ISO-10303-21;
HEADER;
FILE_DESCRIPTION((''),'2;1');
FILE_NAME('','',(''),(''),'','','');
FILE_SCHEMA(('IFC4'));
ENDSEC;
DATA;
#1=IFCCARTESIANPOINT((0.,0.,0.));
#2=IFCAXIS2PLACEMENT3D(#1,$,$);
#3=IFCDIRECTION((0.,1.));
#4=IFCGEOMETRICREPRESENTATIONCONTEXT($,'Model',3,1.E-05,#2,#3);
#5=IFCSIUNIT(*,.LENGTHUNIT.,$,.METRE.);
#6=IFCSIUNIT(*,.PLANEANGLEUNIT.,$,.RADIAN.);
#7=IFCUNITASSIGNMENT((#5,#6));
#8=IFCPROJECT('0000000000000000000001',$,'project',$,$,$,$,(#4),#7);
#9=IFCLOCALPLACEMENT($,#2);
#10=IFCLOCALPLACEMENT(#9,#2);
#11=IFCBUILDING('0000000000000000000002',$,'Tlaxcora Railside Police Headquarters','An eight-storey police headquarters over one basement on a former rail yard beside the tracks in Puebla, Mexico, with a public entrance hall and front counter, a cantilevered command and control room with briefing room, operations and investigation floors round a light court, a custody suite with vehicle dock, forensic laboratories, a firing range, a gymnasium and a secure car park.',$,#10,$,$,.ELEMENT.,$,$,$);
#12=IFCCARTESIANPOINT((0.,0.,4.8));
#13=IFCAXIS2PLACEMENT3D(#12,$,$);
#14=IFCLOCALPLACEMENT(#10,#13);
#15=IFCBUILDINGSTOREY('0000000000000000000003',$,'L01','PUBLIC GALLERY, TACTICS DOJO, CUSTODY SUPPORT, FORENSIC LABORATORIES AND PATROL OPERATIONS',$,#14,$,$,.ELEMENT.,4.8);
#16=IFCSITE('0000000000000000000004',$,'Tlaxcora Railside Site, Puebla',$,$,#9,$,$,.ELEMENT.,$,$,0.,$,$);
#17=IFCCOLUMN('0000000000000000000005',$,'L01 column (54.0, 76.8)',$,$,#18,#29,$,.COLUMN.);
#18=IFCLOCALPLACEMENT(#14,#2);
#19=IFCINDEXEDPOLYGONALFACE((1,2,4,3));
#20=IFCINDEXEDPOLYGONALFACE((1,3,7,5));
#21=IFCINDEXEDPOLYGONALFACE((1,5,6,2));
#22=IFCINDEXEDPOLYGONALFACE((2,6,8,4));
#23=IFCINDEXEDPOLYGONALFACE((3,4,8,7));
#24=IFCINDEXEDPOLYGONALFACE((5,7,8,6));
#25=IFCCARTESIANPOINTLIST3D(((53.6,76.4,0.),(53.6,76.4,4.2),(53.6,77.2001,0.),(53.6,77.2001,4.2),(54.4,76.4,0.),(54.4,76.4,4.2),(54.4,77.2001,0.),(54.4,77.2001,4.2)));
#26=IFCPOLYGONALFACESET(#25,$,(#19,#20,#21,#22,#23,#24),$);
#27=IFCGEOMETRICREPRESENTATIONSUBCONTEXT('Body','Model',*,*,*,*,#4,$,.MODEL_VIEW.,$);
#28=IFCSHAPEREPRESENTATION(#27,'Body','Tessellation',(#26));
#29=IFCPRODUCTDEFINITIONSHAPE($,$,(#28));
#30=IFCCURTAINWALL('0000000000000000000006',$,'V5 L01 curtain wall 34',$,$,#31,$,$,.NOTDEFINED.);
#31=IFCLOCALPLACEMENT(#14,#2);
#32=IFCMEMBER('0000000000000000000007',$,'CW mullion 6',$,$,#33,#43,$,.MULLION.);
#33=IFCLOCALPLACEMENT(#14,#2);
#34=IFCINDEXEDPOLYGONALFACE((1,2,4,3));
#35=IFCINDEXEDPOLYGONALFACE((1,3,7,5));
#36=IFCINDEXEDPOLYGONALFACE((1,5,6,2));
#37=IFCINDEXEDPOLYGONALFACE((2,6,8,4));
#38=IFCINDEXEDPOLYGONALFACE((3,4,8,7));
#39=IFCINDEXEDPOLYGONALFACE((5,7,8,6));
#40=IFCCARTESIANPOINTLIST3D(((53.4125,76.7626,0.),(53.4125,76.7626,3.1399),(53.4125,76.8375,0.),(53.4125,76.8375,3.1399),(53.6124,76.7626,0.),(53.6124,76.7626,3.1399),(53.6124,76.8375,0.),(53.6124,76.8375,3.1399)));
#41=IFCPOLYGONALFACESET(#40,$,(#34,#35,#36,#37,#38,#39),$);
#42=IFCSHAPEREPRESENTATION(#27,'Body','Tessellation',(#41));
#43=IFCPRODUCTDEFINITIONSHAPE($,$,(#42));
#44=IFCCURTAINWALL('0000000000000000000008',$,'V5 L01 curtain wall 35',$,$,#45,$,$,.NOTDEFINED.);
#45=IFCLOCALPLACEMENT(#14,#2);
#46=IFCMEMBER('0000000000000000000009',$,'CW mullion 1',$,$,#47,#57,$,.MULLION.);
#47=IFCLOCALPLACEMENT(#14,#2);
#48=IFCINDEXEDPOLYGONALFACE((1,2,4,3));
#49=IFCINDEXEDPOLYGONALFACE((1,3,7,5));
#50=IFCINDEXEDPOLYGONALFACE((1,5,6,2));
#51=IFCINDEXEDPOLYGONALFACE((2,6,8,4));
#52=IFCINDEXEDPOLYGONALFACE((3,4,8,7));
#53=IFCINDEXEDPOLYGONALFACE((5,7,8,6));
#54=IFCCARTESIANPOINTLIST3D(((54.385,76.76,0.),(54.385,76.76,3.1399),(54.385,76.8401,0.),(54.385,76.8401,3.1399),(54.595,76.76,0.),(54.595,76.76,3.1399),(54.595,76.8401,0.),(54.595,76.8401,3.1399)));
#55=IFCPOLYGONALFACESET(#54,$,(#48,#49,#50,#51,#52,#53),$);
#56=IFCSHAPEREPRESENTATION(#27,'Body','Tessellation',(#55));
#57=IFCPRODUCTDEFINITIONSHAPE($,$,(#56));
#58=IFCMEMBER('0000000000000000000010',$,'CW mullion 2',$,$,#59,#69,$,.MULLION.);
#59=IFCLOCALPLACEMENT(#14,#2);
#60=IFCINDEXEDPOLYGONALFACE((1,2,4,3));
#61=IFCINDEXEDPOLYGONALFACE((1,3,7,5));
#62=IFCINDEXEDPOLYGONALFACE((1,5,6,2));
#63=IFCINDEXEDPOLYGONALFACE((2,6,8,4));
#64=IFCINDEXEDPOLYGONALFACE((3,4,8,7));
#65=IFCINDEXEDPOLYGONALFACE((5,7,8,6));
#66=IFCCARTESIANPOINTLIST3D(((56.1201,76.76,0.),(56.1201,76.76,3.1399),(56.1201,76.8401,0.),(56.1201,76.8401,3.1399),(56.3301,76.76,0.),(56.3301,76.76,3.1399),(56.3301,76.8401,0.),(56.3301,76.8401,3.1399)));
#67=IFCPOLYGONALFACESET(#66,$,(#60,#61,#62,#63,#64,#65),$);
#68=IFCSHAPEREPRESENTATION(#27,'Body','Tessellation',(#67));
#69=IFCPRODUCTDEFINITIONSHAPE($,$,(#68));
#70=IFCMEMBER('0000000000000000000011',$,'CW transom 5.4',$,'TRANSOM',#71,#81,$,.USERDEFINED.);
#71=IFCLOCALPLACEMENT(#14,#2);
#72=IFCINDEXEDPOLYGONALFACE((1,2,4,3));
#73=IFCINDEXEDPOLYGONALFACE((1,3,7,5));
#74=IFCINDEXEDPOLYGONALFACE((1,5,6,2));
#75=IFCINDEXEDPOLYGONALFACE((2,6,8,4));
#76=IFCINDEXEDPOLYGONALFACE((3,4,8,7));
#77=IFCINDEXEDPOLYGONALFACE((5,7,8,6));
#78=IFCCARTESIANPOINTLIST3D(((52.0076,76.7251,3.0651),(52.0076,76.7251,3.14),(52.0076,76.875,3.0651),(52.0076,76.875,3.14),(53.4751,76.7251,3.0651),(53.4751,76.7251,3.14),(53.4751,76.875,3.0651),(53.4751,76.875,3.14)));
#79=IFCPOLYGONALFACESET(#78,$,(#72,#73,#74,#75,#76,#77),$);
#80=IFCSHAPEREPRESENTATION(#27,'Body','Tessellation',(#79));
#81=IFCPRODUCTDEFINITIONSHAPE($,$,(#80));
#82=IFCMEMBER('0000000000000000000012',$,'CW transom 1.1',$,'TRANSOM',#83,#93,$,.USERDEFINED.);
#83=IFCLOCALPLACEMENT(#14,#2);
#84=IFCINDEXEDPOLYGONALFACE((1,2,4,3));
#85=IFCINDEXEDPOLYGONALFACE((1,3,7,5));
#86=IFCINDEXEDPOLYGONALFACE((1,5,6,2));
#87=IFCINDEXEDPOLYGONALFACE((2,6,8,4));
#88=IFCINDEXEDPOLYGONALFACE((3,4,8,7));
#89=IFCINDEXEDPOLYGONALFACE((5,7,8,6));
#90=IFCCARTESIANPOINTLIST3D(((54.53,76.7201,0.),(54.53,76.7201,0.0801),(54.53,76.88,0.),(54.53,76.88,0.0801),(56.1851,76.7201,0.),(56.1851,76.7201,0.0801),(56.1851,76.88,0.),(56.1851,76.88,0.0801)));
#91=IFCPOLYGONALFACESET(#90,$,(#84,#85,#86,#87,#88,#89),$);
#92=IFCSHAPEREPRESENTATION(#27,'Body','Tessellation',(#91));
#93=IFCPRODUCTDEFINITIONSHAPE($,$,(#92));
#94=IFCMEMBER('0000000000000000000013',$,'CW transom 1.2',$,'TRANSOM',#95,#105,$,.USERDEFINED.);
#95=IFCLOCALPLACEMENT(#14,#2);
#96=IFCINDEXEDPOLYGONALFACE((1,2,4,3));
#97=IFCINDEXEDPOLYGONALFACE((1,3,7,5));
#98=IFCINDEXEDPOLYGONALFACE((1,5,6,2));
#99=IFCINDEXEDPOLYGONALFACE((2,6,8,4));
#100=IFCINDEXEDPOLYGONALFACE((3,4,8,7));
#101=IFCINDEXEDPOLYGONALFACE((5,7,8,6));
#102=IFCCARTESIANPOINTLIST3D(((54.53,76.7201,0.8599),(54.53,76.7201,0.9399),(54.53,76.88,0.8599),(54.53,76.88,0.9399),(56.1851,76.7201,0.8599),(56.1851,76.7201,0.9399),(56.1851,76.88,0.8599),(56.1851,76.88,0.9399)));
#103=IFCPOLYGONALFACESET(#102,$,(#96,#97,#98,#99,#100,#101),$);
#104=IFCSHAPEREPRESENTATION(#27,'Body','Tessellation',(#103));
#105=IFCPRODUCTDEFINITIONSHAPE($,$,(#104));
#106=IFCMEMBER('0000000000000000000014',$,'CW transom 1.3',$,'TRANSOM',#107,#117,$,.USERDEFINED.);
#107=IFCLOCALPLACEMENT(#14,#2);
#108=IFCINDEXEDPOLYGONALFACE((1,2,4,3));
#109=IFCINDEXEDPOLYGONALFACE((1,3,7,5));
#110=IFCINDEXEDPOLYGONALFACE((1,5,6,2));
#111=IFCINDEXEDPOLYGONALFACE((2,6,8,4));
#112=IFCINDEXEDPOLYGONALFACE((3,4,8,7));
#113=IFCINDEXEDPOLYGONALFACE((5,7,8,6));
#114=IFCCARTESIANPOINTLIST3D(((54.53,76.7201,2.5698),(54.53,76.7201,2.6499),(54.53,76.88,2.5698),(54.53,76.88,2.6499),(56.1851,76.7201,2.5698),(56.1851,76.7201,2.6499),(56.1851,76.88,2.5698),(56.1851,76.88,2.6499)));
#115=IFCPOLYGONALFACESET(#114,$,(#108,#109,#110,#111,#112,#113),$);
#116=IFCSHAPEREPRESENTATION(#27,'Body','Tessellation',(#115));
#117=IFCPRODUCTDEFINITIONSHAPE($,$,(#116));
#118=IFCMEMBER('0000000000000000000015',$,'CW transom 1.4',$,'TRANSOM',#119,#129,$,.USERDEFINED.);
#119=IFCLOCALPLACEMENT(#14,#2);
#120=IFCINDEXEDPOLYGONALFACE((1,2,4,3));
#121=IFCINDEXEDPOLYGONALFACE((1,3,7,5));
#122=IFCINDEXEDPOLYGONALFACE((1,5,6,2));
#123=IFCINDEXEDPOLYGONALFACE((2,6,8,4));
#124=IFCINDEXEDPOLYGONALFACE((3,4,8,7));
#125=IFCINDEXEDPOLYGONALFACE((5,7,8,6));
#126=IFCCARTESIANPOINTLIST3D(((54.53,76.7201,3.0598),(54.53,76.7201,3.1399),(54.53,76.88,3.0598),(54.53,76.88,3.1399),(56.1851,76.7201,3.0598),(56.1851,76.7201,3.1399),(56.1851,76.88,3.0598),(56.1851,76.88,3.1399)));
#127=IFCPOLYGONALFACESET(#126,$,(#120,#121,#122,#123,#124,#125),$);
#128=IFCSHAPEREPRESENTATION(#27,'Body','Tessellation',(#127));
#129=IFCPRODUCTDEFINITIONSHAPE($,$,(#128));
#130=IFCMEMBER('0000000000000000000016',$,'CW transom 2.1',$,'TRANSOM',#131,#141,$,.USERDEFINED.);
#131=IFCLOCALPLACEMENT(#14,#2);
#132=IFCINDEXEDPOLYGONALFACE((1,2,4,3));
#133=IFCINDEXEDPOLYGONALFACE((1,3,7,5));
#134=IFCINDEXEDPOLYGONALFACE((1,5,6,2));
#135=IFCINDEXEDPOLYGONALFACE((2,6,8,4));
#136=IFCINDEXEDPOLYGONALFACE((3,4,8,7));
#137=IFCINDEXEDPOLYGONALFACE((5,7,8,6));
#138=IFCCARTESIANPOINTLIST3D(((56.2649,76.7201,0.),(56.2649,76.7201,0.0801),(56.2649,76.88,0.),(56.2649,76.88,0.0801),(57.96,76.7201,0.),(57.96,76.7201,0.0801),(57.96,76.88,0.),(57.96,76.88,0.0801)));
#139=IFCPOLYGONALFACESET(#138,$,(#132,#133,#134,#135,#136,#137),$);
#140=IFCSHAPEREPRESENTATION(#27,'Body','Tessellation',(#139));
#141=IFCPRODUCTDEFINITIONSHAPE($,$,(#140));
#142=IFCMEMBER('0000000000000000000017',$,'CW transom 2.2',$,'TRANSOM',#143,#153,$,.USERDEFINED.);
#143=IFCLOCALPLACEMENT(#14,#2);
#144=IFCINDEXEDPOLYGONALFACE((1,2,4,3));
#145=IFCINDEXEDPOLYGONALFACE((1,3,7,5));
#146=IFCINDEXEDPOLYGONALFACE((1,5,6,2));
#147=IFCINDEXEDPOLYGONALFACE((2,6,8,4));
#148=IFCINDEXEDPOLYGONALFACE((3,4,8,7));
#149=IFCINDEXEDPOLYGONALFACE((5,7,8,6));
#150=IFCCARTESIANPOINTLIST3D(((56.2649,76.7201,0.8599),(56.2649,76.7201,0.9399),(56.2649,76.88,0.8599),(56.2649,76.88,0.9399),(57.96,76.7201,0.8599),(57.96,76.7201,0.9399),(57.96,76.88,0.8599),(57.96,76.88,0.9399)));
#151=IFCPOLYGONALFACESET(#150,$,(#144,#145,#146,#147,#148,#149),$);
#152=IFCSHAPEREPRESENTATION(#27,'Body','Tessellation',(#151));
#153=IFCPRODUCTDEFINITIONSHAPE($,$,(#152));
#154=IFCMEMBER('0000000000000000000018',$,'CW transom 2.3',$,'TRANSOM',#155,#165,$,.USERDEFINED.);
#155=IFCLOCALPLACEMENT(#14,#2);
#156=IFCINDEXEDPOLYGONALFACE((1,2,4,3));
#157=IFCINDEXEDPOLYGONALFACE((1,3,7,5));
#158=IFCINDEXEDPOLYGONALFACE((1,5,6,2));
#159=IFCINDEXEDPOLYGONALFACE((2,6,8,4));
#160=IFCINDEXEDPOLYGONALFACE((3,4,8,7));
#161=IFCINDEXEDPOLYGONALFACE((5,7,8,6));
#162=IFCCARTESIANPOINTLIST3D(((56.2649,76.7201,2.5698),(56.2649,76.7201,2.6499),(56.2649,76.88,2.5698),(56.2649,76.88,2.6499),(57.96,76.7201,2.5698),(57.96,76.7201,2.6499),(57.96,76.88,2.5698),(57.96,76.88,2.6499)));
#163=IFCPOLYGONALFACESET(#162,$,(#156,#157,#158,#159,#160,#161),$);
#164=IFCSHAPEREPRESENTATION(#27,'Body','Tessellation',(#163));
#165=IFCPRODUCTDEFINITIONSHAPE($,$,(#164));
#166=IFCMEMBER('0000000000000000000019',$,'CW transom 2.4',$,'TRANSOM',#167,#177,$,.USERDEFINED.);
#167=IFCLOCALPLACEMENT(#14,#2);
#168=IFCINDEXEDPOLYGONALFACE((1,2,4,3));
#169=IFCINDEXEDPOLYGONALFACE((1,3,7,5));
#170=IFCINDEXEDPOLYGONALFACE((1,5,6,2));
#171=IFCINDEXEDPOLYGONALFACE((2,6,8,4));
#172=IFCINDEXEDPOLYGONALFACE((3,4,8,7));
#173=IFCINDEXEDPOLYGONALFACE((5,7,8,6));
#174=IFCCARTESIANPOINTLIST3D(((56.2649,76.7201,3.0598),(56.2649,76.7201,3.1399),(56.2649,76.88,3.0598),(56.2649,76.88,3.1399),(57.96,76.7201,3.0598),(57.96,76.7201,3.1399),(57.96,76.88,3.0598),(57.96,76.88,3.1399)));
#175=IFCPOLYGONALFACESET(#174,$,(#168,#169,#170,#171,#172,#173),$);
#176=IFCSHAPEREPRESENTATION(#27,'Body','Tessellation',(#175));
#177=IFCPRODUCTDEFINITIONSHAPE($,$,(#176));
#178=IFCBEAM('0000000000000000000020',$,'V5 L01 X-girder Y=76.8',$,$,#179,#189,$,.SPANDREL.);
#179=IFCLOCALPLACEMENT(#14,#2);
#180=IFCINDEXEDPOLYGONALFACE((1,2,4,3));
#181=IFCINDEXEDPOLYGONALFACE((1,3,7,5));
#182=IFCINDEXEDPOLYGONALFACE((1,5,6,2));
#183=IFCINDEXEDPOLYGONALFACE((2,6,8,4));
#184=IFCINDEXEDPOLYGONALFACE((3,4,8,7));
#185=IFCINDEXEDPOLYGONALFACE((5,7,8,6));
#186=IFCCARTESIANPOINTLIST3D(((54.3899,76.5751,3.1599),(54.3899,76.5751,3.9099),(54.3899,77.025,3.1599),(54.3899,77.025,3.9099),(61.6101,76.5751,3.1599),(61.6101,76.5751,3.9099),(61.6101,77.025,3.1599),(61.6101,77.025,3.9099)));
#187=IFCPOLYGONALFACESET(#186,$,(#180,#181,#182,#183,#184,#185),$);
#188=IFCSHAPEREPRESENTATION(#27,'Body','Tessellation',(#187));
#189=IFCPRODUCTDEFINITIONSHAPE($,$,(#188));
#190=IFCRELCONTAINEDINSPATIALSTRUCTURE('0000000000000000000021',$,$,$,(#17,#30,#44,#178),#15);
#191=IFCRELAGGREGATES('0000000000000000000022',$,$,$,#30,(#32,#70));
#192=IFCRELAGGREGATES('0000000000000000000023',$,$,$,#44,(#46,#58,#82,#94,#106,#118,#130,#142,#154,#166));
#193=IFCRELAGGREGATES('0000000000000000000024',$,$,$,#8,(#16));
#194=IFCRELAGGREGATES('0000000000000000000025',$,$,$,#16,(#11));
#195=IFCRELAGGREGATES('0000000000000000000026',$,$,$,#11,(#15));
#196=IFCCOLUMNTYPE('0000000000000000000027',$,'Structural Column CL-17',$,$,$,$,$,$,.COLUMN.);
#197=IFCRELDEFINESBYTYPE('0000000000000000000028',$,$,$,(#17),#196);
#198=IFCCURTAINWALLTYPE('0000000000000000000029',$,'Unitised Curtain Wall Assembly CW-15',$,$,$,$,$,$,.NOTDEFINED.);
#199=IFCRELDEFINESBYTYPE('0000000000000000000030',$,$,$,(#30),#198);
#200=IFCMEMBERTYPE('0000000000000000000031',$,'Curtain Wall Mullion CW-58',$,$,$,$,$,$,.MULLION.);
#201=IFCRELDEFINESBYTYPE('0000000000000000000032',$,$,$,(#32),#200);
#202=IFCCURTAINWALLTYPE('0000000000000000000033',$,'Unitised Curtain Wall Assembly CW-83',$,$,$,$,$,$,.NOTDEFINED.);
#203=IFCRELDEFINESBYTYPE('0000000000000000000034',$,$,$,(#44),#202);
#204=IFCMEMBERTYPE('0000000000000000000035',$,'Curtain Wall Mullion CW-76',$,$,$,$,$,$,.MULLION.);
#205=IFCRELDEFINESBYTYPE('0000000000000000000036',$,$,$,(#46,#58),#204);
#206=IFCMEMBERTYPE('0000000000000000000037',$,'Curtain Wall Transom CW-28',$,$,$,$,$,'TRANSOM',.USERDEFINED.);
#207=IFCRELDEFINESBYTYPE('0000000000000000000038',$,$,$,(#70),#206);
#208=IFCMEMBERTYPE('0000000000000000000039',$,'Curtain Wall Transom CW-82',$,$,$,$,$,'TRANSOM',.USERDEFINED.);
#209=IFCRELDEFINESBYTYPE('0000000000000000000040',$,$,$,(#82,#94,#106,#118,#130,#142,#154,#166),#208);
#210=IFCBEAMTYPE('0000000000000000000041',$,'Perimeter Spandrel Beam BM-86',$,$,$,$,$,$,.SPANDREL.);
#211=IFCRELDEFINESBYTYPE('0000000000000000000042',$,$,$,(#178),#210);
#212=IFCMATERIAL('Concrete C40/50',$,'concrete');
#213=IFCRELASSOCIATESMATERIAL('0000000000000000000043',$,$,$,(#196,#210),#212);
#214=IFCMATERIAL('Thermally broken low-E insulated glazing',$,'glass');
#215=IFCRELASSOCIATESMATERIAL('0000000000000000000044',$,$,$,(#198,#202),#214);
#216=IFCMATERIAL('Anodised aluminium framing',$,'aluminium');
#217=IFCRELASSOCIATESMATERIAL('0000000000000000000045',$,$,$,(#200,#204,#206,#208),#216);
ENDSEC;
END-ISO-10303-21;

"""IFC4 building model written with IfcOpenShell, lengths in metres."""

from ifc_helpers import new_model, si_unit, direction, frame, origin, origin_2d, place, context, subcontext, project, spatial, rectangle, extrude, material, material_profile, profile_set, type_object, element, aggregate, save


model = new_model("IFC4")

# Units and contexts
model_context = context("Model", 3, precision=1e-05, world=origin(), true_north=direction((0.0, 1.0)))
body_context = subcontext(model_context, "Body", "Model", "MODEL_VIEW")
ifc_project = project(units=[si_unit("LENGTHUNIT", "METRE"), si_unit("PLANEANGLEUNIT", "RADIAN")], contexts=[model_context])

# Site, building, storey
site_placement = place(None, origin())
site = spatial("IfcSite", under=ifc_project, at=site_placement, Name="Tlaxcora Railside Site, Puebla", CompositionType="ELEMENT", RefElevation=0.0)
building_placement = place(site_placement, origin())
building = spatial("IfcBuilding", under=site, at=building_placement, Name="Tlaxcora Railside Police Headquarters", Description="An eight-storey police headquarters over one basement on a former rail yard beside the tracks in Puebla, Mexico, with a public entrance hall and front counter, a cantilevered command and control room with briefing room, operations and investigation floors round a light court, a custody suite with vehicle dock, forensic laboratories, a firing range, a gymnasium and a secure car park.", CompositionType="ELEMENT")
storey_placement = place(building_placement, frame((0.0, 0.0, 4.8)))
storey = spatial("IfcBuildingStorey", under=building, at=storey_placement, Name="L01", Description="PUBLIC GALLERY, TACTICS DOJO, CUSTODY SUPPORT, FORENSIC LABORATORIES AND PATROL OPERATIONS", CompositionType="ELEMENT", Elevation=4.8)

# Column
ifc_material_1 = material(Name="Concrete C40/50", Category="concrete")
ifc_material_profile_1 = material_profile(ifc_material_1, rectangle(XDim=0.8, YDim=0.8, at=origin_2d()), Name="RC800X800")
ifc_profile_set_1 = profile_set([ifc_material_profile_1], Name="Concrete C40/50")
column_type = type_object("IfcColumnType", Name="Structural Column CL-17", PredefinedType="COLUMN", material=ifc_profile_set_1)
column_placement = place(storey_placement, frame((54.0, 76.8, 0.0), z_axis=(0.0, 0.0, 1.0), x_axis=(1.0, 0.0, 0.0)))
element("IfcColumn", 1, at=column_placement, inside=storey, type_object=column_type, Name="L01 column (54.0, 76.8)", PredefinedType="COLUMN", context=body_context, shape_type="SweptSolid", body=[
    extrude(rectangle(XDim=0.8, YDim=0.8, at=origin_2d()), origin(), (0.0, 0.0, 1.0), 4.2),
])

# Curtain wall, member
ifc_material_2 = material(Name="Thermally broken low-E insulated glazing", Category="glass")
curtain_wall_type_1 = type_object("IfcCurtainWallType", Name="Unitised Curtain Wall Assembly CW-15", PredefinedType="NOTDEFINED", material=ifc_material_2)
curtain_wall_1_placement = place(storey_placement, origin())
curtain_wall_1 = element("IfcCurtainWall", 2, at=curtain_wall_1_placement, inside=storey, type_object=curtain_wall_type_1, Name="V5 L01 curtain wall 34", PredefinedType="NOTDEFINED")
ifc_material_3 = material(Name="Anodised aluminium framing", Category="aluminium")
ifc_material_profile_2 = material_profile(ifc_material_3, rectangle(XDim=0.075, YDim=0.2, at=origin_2d()), Name="AL75X200")
ifc_profile_set_2 = profile_set([ifc_material_profile_2], Name="Anodised aluminium framing")
member_type_1 = type_object("IfcMemberType", Name="Curtain Wall Mullion CW-58", PredefinedType="MULLION", material=ifc_profile_set_2)
member_1_placement = place(storey_placement, frame((53.5125, 76.8, 0.0), z_axis=(0.0, 0.0, 1.0), x_axis=(0.0, 1.0, 0.0)))
member_1 = element("IfcMember", 3, at=member_1_placement, type_object=member_type_1, Name="CW mullion 6", PredefinedType="MULLION", context=body_context, shape_type="SweptSolid", body=[
    extrude(rectangle(XDim=0.075, YDim=0.2, at=origin_2d()), origin(), (0.0, 0.0, 1.0), 3.1399),
])

# Curtain wall, members
curtain_wall_type_2 = type_object("IfcCurtainWallType", Name="Unitised Curtain Wall Assembly CW-83", PredefinedType="NOTDEFINED", material=ifc_material_2)
curtain_wall_2_placement = place(storey_placement, origin())
curtain_wall_2 = element("IfcCurtainWall", 4, at=curtain_wall_2_placement, inside=storey, type_object=curtain_wall_type_2, Name="V5 L01 curtain wall 35", PredefinedType="NOTDEFINED")
ifc_material_profile_3 = material_profile(ifc_material_3, rectangle(XDim=0.0801, YDim=0.21, at=origin_2d()), Name="AL80X210")
ifc_profile_set_3 = profile_set([ifc_material_profile_3], Name="Anodised aluminium framing")
member_type_2 = type_object("IfcMemberType", Name="Curtain Wall Mullion CW-76", PredefinedType="MULLION", material=ifc_profile_set_3)
member_2_placement = place(storey_placement, frame((54.49, 76.8, 0.0), z_axis=(0.0, 0.0, 1.0), x_axis=(0.0, 1.0, 0.0)))
member_2 = element("IfcMember", 5, at=member_2_placement, type_object=member_type_2, Name="CW mullion 1", PredefinedType="MULLION", context=body_context, shape_type="SweptSolid", body=[
    extrude(rectangle(XDim=0.0801, YDim=0.21, at=origin_2d()), origin(), (0.0, 0.0, 1.0), 3.1399),
])
member_3_placement = place(storey_placement, frame((56.2251, 76.8, 0.0), z_axis=(0.0, 0.0, 1.0), x_axis=(0.0, 1.0, 0.0)))
member_3 = element("IfcMember", 6, at=member_3_placement, type_object=member_type_2, Name="CW mullion 2", PredefinedType="MULLION", context=body_context, shape_type="SweptSolid", body=[
    extrude(rectangle(XDim=0.0801, YDim=0.21, at=origin_2d()), origin(), (0.0, 0.0, 1.0), 3.1399),
])

# Members
ifc_material_profile_4 = material_profile(ifc_material_3, rectangle(XDim=0.1499, YDim=0.075, at=origin_2d()), Name="AL75X150")
ifc_profile_set_4 = profile_set([ifc_material_profile_4], Name="Anodised aluminium framing")
member_type_3 = type_object("IfcMemberType", Name="Curtain Wall Transom CW-28", ElementType="TRANSOM", PredefinedType="USERDEFINED", material=ifc_profile_set_4)
member_4_placement = place(storey_placement, frame((52.0076, 76.8, 3.1025), z_axis=(1.0, 0.0, 0.0), x_axis=(0.0, 1.0, 0.0)))
member_4 = element("IfcMember", 7, at=member_4_placement, type_object=member_type_3, Name="CW transom 5.4", ObjectType="TRANSOM", PredefinedType="USERDEFINED", context=body_context, shape_type="SweptSolid", body=[
    extrude(rectangle(XDim=0.1499, YDim=0.075, at=origin_2d()), origin(), (0.0, 0.0, 1.0), 1.4675),
])
ifc_material_profile_5 = material_profile(ifc_material_3, rectangle(XDim=0.1599, YDim=0.0801, at=origin_2d()), Name="AL80X160")
ifc_profile_set_5 = profile_set([ifc_material_profile_5], Name="Anodised aluminium framing")
member_type_4 = type_object("IfcMemberType", Name="Curtain Wall Transom CW-82", ElementType="TRANSOM", PredefinedType="USERDEFINED", material=ifc_profile_set_5)
member_5_placement = place(storey_placement, frame((54.53, 76.8, 0.04), z_axis=(1.0, 0.0, 0.0), x_axis=(0.0, 1.0, 0.0)))
member_5 = element("IfcMember", 8, at=member_5_placement, type_object=member_type_4, Name="CW transom 1.1", ObjectType="TRANSOM", PredefinedType="USERDEFINED", context=body_context, shape_type="SweptSolid", body=[
    extrude(rectangle(XDim=0.1599, YDim=0.0801, at=origin_2d()), origin(), (0.0, 0.0, 1.0), 1.655),
])
member_6_placement = place(storey_placement, frame((54.53, 76.8, 0.8999), z_axis=(1.0, 0.0, 0.0), x_axis=(0.0, 1.0, 0.0)))
member_6 = element("IfcMember", 9, at=member_6_placement, type_object=member_type_4, Name="CW transom 1.2", ObjectType="TRANSOM", PredefinedType="USERDEFINED", context=body_context, shape_type="SweptSolid", body=[
    extrude(rectangle(XDim=0.1599, YDim=0.0801, at=origin_2d()), origin(), (0.0, 0.0, 1.0), 1.655),
])
member_7_placement = place(storey_placement, frame((54.53, 76.8, 2.6099), z_axis=(1.0, 0.0, 0.0), x_axis=(0.0, 1.0, 0.0)))
member_7 = element("IfcMember", 10, at=member_7_placement, type_object=member_type_4, Name="CW transom 1.3", ObjectType="TRANSOM", PredefinedType="USERDEFINED", context=body_context, shape_type="SweptSolid", body=[
    extrude(rectangle(XDim=0.1599, YDim=0.0801, at=origin_2d()), origin(), (0.0, 0.0, 1.0), 1.655),
])
member_8_placement = place(storey_placement, frame((54.53, 76.8, 3.0999), z_axis=(1.0, 0.0, 0.0), x_axis=(0.0, 1.0, 0.0)))
member_8 = element("IfcMember", 11, at=member_8_placement, type_object=member_type_4, Name="CW transom 1.4", ObjectType="TRANSOM", PredefinedType="USERDEFINED", context=body_context, shape_type="SweptSolid", body=[
    extrude(rectangle(XDim=0.1599, YDim=0.0801, at=origin_2d()), origin(), (0.0, 0.0, 1.0), 1.655),
])
member_9_placement = place(storey_placement, frame((56.2649, 76.8, 0.04), z_axis=(1.0, 0.0, 0.0), x_axis=(0.0, 1.0, 0.0)))
member_9 = element("IfcMember", 12, at=member_9_placement, type_object=member_type_4, Name="CW transom 2.1", ObjectType="TRANSOM", PredefinedType="USERDEFINED", context=body_context, shape_type="SweptSolid", body=[
    extrude(rectangle(XDim=0.1599, YDim=0.0801, at=origin_2d()), origin(), (0.0, 0.0, 1.0), 1.6951),
])
member_10_placement = place(storey_placement, frame((56.2649, 76.8, 0.8999), z_axis=(1.0, 0.0, 0.0), x_axis=(0.0, 1.0, 0.0)))
member_10 = element("IfcMember", 13, at=member_10_placement, type_object=member_type_4, Name="CW transom 2.2", ObjectType="TRANSOM", PredefinedType="USERDEFINED", context=body_context, shape_type="SweptSolid", body=[
    extrude(rectangle(XDim=0.1599, YDim=0.0801, at=origin_2d()), origin(), (0.0, 0.0, 1.0), 1.6951),
])
member_11_placement = place(storey_placement, frame((56.2649, 76.8, 2.6099), z_axis=(1.0, 0.0, 0.0), x_axis=(0.0, 1.0, 0.0)))
member_11 = element("IfcMember", 14, at=member_11_placement, type_object=member_type_4, Name="CW transom 2.3", ObjectType="TRANSOM", PredefinedType="USERDEFINED", context=body_context, shape_type="SweptSolid", body=[
    extrude(rectangle(XDim=0.1599, YDim=0.0801, at=origin_2d()), origin(), (0.0, 0.0, 1.0), 1.6951),
])
member_12_placement = place(storey_placement, frame((56.2649, 76.8, 3.0999), z_axis=(1.0, 0.0, 0.0), x_axis=(0.0, 1.0, 0.0)))
member_12 = element("IfcMember", 15, at=member_12_placement, type_object=member_type_4, Name="CW transom 2.4", ObjectType="TRANSOM", PredefinedType="USERDEFINED", context=body_context, shape_type="SweptSolid", body=[
    extrude(rectangle(XDim=0.1599, YDim=0.0801, at=origin_2d()), origin(), (0.0, 0.0, 1.0), 1.6951),
])

# Beam
ifc_material_profile_6 = material_profile(ifc_material_1, rectangle(XDim=0.45, YDim=0.75, at=origin_2d()), Name="RC450X750")
ifc_profile_set_6 = profile_set([ifc_material_profile_6], Name="Concrete C40/50")
beam_type = type_object("IfcBeamType", Name="Perimeter Spandrel Beam BM-86", PredefinedType="SPANDREL", material=ifc_profile_set_6)
beam_placement = place(storey_placement, frame((54.3899, 76.8, 3.5349), z_axis=(1.0, 0.0, 0.0), x_axis=(0.0, 1.0, 0.0)))
element("IfcBeam", 16, at=beam_placement, inside=storey, type_object=beam_type, Name="V5 L01 X-girder Y=76.8", PredefinedType="SPANDREL", context=body_context, shape_type="SweptSolid", body=[
    extrude(rectangle(XDim=0.45, YDim=0.75, at=origin_2d()), origin(), (0.0, 0.0, 1.0), 7.2202),
])

aggregate(curtain_wall_1, [member_1, member_4])
aggregate(curtain_wall_2, [member_2, member_3, member_5, member_6, member_7, member_8, member_9, member_10, member_11, member_12])

save(model, "model.ifc")
